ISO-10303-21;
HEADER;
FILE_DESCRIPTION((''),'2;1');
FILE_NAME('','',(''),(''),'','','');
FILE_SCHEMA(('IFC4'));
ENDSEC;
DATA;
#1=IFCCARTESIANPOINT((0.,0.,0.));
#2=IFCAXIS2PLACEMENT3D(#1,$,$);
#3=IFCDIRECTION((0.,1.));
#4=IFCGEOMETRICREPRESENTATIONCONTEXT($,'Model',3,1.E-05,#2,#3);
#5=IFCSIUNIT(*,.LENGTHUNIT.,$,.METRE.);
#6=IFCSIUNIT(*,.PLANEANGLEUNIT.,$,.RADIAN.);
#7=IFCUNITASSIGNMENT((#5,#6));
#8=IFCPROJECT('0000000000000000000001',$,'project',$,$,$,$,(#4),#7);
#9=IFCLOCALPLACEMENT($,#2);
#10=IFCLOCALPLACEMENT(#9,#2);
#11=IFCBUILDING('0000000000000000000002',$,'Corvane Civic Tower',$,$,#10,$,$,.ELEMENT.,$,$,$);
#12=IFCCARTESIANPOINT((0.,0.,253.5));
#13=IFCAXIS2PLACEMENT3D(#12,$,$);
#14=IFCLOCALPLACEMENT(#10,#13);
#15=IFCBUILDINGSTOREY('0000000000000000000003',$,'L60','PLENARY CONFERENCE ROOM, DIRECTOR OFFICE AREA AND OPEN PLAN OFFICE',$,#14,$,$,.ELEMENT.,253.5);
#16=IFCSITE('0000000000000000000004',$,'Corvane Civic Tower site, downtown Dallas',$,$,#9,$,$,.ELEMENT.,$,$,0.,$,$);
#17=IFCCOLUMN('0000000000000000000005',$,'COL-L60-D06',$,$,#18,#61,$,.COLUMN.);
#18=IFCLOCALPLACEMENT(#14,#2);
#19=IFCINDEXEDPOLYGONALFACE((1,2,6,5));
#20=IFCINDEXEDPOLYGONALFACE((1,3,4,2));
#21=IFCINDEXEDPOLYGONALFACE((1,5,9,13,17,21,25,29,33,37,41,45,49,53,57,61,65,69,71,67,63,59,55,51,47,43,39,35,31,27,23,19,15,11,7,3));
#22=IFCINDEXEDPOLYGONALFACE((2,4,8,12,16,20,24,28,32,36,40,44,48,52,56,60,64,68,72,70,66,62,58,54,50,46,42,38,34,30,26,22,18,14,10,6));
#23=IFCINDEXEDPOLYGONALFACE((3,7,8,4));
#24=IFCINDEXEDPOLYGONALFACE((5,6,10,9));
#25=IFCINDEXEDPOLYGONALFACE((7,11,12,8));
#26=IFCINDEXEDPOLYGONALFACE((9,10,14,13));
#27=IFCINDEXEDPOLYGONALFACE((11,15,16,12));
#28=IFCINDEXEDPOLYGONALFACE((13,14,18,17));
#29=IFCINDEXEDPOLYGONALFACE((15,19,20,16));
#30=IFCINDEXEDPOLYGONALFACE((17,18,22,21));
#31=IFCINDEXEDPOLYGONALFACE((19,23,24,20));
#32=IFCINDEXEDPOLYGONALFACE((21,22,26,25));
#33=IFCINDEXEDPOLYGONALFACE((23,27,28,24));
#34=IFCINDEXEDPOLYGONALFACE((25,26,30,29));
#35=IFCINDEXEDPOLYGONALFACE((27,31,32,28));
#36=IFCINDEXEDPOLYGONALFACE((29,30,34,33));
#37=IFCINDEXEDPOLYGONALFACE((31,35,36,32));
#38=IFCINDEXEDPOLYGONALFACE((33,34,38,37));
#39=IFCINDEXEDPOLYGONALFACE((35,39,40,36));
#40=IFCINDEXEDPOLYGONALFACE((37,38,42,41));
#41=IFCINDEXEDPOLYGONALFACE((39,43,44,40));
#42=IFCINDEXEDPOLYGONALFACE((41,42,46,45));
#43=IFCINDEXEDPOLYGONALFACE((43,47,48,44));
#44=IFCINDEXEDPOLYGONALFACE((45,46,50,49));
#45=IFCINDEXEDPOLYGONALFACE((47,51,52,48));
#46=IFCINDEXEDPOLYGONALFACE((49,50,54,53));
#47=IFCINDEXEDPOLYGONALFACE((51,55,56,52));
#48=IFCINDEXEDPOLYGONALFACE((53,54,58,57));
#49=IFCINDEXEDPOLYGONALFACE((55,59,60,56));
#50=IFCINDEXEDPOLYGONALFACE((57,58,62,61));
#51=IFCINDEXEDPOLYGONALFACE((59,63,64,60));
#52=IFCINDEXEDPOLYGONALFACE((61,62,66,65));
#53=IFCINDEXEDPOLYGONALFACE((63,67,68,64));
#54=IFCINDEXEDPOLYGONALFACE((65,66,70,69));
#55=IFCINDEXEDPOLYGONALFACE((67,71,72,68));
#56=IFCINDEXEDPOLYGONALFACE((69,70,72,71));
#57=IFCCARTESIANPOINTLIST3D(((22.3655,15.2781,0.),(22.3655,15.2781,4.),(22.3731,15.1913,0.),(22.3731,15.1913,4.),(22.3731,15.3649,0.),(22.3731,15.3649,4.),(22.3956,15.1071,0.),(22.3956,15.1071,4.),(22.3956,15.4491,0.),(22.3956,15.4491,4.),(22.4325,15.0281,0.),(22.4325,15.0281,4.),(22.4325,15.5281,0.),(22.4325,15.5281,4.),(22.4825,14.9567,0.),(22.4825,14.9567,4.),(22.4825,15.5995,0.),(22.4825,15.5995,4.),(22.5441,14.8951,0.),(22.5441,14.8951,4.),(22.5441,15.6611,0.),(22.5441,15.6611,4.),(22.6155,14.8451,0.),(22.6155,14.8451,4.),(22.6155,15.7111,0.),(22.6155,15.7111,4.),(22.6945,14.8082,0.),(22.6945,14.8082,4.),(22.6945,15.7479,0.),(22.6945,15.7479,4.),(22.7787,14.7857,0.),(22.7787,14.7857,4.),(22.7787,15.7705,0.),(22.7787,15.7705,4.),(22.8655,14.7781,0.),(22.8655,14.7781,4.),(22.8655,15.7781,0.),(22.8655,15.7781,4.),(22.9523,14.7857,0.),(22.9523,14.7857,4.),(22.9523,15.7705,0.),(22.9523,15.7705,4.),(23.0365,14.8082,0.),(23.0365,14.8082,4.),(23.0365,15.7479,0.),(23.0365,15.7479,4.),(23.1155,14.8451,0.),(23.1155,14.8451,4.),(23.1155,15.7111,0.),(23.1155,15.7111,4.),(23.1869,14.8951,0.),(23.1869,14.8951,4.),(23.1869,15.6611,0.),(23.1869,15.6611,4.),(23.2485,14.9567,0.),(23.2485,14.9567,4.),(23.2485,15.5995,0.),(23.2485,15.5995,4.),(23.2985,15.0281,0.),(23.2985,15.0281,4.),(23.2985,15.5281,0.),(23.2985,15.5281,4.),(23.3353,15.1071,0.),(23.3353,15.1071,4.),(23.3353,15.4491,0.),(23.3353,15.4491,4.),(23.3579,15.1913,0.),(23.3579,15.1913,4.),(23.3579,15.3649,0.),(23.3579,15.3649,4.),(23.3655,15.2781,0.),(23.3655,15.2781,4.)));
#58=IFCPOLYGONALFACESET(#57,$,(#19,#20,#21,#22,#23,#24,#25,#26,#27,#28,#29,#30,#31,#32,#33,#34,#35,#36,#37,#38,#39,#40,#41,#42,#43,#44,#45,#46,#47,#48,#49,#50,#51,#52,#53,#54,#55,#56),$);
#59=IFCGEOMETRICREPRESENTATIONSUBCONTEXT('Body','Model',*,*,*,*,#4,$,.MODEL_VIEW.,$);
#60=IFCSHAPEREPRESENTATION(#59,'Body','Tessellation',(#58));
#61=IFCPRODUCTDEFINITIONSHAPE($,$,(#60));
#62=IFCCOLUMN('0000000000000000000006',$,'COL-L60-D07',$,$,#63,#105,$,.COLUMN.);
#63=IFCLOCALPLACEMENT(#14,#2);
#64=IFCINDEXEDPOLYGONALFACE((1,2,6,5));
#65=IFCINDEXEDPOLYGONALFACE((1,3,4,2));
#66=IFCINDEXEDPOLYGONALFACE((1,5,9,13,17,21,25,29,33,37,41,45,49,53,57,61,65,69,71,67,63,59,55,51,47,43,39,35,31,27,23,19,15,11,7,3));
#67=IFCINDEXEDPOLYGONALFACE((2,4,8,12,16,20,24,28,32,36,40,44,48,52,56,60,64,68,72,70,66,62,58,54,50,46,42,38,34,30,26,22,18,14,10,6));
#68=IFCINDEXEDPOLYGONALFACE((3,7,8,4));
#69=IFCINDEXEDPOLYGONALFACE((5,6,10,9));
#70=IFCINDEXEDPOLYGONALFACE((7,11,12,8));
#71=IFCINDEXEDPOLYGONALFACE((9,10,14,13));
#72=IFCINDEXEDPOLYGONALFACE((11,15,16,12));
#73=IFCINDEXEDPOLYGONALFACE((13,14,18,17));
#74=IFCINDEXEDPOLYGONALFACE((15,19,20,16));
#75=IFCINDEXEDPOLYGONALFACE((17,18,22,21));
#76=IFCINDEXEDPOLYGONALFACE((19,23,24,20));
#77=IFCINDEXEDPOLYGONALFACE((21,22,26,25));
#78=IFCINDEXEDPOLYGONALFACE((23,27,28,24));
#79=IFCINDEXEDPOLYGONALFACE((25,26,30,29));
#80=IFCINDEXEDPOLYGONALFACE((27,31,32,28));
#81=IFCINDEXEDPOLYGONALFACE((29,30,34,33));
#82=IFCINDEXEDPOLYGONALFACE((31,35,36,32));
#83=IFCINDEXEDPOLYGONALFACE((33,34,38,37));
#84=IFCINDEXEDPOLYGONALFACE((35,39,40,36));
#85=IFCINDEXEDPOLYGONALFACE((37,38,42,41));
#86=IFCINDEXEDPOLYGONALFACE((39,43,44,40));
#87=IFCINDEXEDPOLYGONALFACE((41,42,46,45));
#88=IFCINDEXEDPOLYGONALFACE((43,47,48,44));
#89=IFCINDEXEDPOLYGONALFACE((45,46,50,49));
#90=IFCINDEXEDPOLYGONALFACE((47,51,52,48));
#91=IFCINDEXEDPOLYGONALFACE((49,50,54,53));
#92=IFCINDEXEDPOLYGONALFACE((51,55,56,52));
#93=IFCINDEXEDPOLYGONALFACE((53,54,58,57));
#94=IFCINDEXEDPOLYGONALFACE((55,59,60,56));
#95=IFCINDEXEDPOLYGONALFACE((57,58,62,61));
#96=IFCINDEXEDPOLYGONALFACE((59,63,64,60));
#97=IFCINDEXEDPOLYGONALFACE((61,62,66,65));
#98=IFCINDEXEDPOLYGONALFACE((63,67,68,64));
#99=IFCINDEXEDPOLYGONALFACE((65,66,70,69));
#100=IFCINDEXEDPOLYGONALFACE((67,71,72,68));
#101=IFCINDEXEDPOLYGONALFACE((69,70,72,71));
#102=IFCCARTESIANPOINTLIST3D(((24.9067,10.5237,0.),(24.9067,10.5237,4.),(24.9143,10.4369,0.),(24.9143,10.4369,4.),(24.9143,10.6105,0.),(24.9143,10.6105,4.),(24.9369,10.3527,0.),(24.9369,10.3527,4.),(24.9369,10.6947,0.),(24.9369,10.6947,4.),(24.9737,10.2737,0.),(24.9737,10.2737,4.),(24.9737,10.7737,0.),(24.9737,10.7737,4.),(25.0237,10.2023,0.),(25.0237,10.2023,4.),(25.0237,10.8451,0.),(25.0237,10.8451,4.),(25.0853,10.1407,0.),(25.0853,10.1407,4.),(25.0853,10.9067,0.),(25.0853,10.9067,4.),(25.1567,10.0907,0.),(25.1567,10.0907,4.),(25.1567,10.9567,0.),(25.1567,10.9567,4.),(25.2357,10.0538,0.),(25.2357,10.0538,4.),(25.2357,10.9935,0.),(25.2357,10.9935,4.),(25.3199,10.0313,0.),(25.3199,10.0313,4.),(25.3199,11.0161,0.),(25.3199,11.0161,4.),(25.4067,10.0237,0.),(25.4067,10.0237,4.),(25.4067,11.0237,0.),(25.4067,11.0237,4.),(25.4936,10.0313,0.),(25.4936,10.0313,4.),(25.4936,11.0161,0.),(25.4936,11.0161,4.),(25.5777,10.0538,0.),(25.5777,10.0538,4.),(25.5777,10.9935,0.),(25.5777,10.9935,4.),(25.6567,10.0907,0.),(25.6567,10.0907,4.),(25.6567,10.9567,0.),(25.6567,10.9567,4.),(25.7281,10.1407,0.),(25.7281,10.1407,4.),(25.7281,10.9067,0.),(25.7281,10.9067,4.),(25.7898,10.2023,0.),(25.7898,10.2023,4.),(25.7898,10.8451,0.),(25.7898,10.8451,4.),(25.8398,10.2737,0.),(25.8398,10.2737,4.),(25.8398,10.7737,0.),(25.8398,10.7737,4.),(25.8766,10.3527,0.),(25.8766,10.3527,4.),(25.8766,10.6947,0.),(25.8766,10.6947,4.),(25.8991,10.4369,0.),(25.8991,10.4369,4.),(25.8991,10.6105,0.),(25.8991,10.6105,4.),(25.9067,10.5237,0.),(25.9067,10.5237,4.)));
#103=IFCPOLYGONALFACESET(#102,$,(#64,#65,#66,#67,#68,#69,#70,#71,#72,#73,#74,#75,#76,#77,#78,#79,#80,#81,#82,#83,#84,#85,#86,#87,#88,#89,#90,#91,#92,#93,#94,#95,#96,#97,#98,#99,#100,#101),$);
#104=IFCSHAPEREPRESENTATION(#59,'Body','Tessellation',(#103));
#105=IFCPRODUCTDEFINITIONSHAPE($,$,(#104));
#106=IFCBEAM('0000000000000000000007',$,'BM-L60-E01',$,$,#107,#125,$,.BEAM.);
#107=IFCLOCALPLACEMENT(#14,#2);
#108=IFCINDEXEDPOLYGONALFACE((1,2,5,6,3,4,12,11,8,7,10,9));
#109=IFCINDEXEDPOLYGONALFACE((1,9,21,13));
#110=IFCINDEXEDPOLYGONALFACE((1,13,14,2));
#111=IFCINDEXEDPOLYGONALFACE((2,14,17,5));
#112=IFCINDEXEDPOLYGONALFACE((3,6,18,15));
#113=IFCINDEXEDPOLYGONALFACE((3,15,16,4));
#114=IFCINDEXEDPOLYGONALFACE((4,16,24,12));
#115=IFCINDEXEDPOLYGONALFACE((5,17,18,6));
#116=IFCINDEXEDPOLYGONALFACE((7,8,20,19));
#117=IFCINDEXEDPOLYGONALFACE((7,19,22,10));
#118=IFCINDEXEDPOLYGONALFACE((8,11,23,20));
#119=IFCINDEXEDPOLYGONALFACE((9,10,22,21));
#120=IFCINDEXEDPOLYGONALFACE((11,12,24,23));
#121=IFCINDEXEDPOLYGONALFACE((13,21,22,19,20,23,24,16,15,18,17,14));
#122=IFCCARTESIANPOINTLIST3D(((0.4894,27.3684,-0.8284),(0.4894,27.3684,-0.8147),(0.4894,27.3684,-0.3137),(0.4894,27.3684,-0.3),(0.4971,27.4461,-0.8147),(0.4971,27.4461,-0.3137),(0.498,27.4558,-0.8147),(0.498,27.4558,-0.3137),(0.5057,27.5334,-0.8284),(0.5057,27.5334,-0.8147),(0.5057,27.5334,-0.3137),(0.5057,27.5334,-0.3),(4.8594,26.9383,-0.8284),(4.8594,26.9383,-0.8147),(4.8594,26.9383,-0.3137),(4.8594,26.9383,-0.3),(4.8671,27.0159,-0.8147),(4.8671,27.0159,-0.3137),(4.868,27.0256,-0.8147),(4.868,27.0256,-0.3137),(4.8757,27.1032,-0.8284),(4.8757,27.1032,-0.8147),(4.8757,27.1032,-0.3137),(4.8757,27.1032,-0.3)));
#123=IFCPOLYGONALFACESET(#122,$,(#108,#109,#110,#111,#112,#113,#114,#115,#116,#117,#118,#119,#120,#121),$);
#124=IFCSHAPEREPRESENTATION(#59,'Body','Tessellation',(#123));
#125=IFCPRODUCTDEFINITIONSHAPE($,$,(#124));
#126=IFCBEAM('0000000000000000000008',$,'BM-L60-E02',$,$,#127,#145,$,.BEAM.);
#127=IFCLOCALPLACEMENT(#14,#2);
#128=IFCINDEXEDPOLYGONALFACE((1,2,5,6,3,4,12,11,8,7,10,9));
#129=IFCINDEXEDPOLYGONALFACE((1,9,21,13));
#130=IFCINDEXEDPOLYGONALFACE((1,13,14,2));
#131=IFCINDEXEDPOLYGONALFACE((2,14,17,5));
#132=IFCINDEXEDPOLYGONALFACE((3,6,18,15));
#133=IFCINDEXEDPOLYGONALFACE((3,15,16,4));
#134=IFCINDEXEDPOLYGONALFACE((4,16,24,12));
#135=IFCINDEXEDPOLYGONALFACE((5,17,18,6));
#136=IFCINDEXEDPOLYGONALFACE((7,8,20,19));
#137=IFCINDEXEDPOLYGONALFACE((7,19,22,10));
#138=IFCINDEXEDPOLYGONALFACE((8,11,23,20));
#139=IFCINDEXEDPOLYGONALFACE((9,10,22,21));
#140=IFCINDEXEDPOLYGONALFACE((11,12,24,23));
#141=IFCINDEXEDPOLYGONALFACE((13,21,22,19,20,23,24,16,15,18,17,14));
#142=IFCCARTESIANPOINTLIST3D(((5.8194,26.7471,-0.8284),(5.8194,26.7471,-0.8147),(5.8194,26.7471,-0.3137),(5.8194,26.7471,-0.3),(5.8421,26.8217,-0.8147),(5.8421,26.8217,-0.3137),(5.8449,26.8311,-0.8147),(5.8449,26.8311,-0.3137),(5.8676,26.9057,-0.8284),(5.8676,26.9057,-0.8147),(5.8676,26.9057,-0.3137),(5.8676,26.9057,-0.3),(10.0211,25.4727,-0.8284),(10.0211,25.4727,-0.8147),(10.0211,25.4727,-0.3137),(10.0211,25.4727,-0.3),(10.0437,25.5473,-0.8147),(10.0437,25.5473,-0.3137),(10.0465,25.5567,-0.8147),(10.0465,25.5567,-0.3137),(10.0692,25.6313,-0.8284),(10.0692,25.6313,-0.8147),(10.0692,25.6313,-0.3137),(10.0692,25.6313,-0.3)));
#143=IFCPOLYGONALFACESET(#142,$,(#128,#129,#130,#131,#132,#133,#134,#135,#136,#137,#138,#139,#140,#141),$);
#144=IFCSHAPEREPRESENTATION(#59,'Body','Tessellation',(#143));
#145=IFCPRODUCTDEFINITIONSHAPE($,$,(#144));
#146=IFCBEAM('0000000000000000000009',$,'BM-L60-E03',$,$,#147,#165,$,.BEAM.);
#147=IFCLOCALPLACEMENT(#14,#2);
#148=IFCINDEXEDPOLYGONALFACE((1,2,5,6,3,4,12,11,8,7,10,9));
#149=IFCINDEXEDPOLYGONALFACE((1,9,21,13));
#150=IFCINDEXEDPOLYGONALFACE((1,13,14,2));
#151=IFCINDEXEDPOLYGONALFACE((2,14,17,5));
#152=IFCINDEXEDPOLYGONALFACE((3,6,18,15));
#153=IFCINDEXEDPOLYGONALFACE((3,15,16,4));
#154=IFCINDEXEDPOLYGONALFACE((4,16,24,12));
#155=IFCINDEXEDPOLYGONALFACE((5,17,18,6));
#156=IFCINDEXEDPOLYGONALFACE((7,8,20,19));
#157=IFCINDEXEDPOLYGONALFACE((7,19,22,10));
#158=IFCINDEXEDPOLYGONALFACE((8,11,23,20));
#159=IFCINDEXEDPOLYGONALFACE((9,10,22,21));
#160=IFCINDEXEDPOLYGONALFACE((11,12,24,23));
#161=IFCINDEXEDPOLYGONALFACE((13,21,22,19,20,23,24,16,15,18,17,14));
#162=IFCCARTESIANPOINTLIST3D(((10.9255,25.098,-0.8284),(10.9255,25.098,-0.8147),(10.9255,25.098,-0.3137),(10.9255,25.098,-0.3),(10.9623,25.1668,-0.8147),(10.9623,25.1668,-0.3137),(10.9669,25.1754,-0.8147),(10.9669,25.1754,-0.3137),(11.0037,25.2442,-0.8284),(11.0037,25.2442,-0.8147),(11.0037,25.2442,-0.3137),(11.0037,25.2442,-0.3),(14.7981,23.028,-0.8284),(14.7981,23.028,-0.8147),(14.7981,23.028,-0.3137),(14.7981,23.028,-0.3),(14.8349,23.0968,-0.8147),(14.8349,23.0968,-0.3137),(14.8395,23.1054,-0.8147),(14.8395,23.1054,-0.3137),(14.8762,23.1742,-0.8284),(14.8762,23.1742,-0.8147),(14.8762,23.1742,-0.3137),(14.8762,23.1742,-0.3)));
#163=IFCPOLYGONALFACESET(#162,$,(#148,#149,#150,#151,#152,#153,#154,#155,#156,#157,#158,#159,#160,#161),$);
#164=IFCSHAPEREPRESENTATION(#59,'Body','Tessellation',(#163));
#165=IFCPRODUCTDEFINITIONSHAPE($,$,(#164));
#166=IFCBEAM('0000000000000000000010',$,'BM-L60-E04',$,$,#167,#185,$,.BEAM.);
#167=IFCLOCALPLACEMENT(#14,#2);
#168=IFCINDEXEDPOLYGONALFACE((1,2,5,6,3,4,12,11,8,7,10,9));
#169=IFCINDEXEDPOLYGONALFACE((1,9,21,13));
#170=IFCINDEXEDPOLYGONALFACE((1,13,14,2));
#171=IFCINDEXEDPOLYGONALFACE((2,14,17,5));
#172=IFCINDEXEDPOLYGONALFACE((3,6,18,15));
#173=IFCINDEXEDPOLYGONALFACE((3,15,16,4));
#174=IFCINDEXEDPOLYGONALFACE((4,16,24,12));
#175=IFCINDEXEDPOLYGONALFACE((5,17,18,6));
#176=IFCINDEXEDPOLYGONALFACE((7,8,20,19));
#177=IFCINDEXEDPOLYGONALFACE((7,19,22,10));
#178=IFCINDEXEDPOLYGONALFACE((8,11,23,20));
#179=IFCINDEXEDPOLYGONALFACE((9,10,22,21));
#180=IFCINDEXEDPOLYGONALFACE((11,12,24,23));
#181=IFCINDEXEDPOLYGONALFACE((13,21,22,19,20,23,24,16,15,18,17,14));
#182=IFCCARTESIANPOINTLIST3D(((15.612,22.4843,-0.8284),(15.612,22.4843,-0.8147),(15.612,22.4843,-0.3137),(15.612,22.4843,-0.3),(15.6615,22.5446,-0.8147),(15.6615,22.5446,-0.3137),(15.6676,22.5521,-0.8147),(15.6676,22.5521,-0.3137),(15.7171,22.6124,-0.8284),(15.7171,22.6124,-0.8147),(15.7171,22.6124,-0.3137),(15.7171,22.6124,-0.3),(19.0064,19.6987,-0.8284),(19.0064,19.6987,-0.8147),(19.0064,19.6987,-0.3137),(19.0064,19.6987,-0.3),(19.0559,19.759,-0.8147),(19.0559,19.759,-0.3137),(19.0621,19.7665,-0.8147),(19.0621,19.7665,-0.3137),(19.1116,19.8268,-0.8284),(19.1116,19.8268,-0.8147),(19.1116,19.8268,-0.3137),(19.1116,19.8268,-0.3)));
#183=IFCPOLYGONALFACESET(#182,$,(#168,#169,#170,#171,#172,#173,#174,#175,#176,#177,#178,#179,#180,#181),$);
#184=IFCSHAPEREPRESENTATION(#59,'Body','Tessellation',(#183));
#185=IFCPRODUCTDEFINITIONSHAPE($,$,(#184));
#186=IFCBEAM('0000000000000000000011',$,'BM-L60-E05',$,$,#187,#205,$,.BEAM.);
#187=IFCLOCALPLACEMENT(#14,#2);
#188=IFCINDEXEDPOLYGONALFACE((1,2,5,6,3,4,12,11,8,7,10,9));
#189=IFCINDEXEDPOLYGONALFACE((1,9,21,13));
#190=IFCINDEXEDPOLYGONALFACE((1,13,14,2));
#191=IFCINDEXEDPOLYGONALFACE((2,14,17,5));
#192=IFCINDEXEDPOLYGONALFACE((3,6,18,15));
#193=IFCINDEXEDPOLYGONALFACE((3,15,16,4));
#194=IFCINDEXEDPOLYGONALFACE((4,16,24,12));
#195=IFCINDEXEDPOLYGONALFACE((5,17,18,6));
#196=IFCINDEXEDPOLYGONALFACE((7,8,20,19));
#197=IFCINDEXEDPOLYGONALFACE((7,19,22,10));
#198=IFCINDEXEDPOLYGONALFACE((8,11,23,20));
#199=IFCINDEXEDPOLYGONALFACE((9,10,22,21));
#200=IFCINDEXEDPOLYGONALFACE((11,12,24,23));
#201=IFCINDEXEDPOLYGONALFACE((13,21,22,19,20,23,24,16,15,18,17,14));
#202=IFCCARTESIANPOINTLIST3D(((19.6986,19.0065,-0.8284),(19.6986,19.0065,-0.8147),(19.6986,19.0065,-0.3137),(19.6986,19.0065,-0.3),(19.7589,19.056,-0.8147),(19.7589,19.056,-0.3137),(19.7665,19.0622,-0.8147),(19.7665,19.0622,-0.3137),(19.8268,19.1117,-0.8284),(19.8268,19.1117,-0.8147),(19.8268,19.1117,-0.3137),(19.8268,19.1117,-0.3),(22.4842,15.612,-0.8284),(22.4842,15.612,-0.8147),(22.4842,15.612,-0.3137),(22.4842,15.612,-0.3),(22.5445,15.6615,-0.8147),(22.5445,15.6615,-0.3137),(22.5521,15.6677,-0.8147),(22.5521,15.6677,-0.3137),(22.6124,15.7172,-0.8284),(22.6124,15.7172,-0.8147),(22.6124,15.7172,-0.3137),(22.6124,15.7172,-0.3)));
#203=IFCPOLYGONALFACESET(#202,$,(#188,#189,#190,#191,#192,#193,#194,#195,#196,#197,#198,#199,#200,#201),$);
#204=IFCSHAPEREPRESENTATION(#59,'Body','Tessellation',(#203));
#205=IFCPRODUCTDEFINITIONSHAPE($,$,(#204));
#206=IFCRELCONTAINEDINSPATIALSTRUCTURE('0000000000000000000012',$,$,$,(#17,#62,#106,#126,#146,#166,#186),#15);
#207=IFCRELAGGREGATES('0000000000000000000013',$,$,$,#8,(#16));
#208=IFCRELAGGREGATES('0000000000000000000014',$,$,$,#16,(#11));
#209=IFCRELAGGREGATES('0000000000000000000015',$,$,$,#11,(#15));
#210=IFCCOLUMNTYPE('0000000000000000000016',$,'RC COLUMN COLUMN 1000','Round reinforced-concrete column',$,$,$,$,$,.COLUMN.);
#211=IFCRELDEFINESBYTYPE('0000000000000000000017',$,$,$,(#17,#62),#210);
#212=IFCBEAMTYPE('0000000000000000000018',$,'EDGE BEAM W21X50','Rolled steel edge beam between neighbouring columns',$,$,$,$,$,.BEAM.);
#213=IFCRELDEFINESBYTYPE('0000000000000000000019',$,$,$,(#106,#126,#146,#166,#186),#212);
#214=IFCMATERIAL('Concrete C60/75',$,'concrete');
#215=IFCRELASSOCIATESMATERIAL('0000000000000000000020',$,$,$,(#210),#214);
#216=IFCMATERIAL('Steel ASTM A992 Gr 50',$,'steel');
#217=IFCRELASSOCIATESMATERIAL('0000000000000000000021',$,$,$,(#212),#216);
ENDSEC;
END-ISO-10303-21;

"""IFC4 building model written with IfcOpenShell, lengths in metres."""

from ifc_helpers import new_model, si_unit, direction, frame, origin, origin_2d, place, context, subcontext, project, spatial, circle, i_section, extrude, material, material_profile, profile_set, type_object, element, save


model = new_model("IFC4")

# Units and contexts
model_context = context("Model", 3, precision=1e-05, world=origin(), true_north=direction((0.0, 1.0)))
body_context = subcontext(model_context, "Body", "Model", "MODEL_VIEW")
ifc_project = project(units=[si_unit("LENGTHUNIT", "METRE"), si_unit("PLANEANGLEUNIT", "RADIAN")], contexts=[model_context])

# Site, building, storey
site_placement = place(None, origin())
site = spatial("IfcSite", under=ifc_project, at=site_placement, Name="Corvane Civic Tower site, downtown Dallas", CompositionType="ELEMENT", RefElevation=0.0)
building_placement = place(site_placement, origin())
building = spatial("IfcBuilding", under=site, at=building_placement, Name="Corvane Civic Tower", CompositionType="ELEMENT")
storey_placement = place(building_placement, frame((0.0, 0.0, 253.5)))
storey = spatial("IfcBuildingStorey", under=building, at=storey_placement, Name="L60", Description="PLENARY CONFERENCE ROOM, DIRECTOR OFFICE AREA AND OPEN PLAN OFFICE", CompositionType="ELEMENT", Elevation=253.5)

# Columns
ifc_material_1 = material(Name="Concrete C60/75", Category="concrete")
ifc_material_profile_1 = material_profile(ifc_material_1, circle(Radius=0.5, at=origin_2d()), Name="COLUMN 1000")
ifc_profile_set_1 = profile_set([ifc_material_profile_1], Name="Concrete C60/75")
column_type = type_object("IfcColumnType", Name="RC COLUMN COLUMN 1000", Description="Round reinforced-concrete column", PredefinedType="COLUMN", material=ifc_profile_set_1)
for number, where, z_axis, x_axis, name in (
    (1, (22.8655, 15.2781, 0.0), (0.0, 0.0, 1.0), (1.0, 0.0, 0.0), "COL-L60-D06"),
    (2, (25.4067, 10.5237, 0.0), (0.0, 0.0, 1.0), (1.0, 0.0, 0.0), "COL-L60-D07"),
):
    element("IfcColumn", number, at=place(storey_placement, frame(where, z_axis=z_axis, x_axis=x_axis)), inside=storey, type_object=column_type, Name=name, PredefinedType="COLUMN", context=body_context, shape_type="SweptSolid", body=[
        extrude(circle(Radius=0.5, at=origin_2d()), origin(), (0.0, 0.0, 1.0), 4.0),
    ])

# Beams
ifc_material_2 = material(Name="Steel ASTM A992 Gr 50", Category="steel")
ifc_material_profile_2 = material_profile(ifc_material_2, i_section(OverallWidth=0.1658, OverallDepth=0.5283, WebThickness=0.0098, FlangeThickness=0.0137, at=origin_2d()), Name="W21X50")
ifc_profile_set_2 = profile_set([ifc_material_profile_2], Name="Steel ASTM A992 Gr 50")
beam_type_1 = type_object("IfcBeamType", Name="EDGE BEAM W21X50", Description="Rolled steel edge beam between neighbouring columns", PredefinedType="BEAM", material=ifc_profile_set_2)
beam_1_placement = place(storey_placement, frame((0.4976, 27.4509, -0.5642), z_axis=(0.99519, -0.097968, 0.0), x_axis=(0.097968, 0.99519, 0.0)))
element("IfcBeam", 3, at=beam_1_placement, inside=storey, type_object=beam_type_1, Name="BM-L60-E01", PredefinedType="BEAM", context=body_context, shape_type="SweptSolid", body=[
    extrude(i_section(OverallWidth=0.1658, OverallDepth=0.5283, WebThickness=0.0098, FlangeThickness=0.0137, at=origin_2d()), origin(), (0.0, 0.0, 1.0), 4.3911),
])
beam_2_placement = place(storey_placement, frame((5.8435, 26.8264, -0.5642), z_axis=(0.95695, -0.290254, 0.0), x_axis=(0.290254, 0.95695, 0.0)))
element("IfcBeam", 4, at=beam_2_placement, inside=storey, type_object=beam_type_1, Name="BM-L60-E02", PredefinedType="BEAM", context=body_context, shape_type="SweptSolid", body=[
    extrude(i_section(OverallWidth=0.1658, OverallDepth=0.5283, WebThickness=0.0098, FlangeThickness=0.0137, at=origin_2d()), origin(), (0.0, 0.0, 1.0), 4.3906),
])
for number, where, z_axis, x_axis, name in (
    (5, (10.9646, 25.1711, -0.5642), (0.881908, -0.471422, 0.0), (0.471422, 0.881908, 0.0), "BM-L60-E03"),
    (6, (15.6646, 22.5483, -0.5642), (0.77303, -0.634369, 0.0), (0.634369, 0.77303, 0.0), "BM-L60-E04"),
    (7, (19.7627, 19.0591, -0.5642), (0.634369, -0.77303, 0.0), (0.77303, 0.634369, 0.0), "BM-L60-E05"),
):
    element("IfcBeam", number, at=place(storey_placement, frame(where, z_axis=z_axis, x_axis=x_axis)), inside=storey, type_object=beam_type_1, Name=name, PredefinedType="BEAM", context=body_context, shape_type="SweptSolid", body=[
        extrude(i_section(OverallWidth=0.1658, OverallDepth=0.5283, WebThickness=0.0098, FlangeThickness=0.0137, at=origin_2d()), origin(), (0.0, 0.0, 1.0), 4.3911),
    ])

save(model, "model.ifc")
